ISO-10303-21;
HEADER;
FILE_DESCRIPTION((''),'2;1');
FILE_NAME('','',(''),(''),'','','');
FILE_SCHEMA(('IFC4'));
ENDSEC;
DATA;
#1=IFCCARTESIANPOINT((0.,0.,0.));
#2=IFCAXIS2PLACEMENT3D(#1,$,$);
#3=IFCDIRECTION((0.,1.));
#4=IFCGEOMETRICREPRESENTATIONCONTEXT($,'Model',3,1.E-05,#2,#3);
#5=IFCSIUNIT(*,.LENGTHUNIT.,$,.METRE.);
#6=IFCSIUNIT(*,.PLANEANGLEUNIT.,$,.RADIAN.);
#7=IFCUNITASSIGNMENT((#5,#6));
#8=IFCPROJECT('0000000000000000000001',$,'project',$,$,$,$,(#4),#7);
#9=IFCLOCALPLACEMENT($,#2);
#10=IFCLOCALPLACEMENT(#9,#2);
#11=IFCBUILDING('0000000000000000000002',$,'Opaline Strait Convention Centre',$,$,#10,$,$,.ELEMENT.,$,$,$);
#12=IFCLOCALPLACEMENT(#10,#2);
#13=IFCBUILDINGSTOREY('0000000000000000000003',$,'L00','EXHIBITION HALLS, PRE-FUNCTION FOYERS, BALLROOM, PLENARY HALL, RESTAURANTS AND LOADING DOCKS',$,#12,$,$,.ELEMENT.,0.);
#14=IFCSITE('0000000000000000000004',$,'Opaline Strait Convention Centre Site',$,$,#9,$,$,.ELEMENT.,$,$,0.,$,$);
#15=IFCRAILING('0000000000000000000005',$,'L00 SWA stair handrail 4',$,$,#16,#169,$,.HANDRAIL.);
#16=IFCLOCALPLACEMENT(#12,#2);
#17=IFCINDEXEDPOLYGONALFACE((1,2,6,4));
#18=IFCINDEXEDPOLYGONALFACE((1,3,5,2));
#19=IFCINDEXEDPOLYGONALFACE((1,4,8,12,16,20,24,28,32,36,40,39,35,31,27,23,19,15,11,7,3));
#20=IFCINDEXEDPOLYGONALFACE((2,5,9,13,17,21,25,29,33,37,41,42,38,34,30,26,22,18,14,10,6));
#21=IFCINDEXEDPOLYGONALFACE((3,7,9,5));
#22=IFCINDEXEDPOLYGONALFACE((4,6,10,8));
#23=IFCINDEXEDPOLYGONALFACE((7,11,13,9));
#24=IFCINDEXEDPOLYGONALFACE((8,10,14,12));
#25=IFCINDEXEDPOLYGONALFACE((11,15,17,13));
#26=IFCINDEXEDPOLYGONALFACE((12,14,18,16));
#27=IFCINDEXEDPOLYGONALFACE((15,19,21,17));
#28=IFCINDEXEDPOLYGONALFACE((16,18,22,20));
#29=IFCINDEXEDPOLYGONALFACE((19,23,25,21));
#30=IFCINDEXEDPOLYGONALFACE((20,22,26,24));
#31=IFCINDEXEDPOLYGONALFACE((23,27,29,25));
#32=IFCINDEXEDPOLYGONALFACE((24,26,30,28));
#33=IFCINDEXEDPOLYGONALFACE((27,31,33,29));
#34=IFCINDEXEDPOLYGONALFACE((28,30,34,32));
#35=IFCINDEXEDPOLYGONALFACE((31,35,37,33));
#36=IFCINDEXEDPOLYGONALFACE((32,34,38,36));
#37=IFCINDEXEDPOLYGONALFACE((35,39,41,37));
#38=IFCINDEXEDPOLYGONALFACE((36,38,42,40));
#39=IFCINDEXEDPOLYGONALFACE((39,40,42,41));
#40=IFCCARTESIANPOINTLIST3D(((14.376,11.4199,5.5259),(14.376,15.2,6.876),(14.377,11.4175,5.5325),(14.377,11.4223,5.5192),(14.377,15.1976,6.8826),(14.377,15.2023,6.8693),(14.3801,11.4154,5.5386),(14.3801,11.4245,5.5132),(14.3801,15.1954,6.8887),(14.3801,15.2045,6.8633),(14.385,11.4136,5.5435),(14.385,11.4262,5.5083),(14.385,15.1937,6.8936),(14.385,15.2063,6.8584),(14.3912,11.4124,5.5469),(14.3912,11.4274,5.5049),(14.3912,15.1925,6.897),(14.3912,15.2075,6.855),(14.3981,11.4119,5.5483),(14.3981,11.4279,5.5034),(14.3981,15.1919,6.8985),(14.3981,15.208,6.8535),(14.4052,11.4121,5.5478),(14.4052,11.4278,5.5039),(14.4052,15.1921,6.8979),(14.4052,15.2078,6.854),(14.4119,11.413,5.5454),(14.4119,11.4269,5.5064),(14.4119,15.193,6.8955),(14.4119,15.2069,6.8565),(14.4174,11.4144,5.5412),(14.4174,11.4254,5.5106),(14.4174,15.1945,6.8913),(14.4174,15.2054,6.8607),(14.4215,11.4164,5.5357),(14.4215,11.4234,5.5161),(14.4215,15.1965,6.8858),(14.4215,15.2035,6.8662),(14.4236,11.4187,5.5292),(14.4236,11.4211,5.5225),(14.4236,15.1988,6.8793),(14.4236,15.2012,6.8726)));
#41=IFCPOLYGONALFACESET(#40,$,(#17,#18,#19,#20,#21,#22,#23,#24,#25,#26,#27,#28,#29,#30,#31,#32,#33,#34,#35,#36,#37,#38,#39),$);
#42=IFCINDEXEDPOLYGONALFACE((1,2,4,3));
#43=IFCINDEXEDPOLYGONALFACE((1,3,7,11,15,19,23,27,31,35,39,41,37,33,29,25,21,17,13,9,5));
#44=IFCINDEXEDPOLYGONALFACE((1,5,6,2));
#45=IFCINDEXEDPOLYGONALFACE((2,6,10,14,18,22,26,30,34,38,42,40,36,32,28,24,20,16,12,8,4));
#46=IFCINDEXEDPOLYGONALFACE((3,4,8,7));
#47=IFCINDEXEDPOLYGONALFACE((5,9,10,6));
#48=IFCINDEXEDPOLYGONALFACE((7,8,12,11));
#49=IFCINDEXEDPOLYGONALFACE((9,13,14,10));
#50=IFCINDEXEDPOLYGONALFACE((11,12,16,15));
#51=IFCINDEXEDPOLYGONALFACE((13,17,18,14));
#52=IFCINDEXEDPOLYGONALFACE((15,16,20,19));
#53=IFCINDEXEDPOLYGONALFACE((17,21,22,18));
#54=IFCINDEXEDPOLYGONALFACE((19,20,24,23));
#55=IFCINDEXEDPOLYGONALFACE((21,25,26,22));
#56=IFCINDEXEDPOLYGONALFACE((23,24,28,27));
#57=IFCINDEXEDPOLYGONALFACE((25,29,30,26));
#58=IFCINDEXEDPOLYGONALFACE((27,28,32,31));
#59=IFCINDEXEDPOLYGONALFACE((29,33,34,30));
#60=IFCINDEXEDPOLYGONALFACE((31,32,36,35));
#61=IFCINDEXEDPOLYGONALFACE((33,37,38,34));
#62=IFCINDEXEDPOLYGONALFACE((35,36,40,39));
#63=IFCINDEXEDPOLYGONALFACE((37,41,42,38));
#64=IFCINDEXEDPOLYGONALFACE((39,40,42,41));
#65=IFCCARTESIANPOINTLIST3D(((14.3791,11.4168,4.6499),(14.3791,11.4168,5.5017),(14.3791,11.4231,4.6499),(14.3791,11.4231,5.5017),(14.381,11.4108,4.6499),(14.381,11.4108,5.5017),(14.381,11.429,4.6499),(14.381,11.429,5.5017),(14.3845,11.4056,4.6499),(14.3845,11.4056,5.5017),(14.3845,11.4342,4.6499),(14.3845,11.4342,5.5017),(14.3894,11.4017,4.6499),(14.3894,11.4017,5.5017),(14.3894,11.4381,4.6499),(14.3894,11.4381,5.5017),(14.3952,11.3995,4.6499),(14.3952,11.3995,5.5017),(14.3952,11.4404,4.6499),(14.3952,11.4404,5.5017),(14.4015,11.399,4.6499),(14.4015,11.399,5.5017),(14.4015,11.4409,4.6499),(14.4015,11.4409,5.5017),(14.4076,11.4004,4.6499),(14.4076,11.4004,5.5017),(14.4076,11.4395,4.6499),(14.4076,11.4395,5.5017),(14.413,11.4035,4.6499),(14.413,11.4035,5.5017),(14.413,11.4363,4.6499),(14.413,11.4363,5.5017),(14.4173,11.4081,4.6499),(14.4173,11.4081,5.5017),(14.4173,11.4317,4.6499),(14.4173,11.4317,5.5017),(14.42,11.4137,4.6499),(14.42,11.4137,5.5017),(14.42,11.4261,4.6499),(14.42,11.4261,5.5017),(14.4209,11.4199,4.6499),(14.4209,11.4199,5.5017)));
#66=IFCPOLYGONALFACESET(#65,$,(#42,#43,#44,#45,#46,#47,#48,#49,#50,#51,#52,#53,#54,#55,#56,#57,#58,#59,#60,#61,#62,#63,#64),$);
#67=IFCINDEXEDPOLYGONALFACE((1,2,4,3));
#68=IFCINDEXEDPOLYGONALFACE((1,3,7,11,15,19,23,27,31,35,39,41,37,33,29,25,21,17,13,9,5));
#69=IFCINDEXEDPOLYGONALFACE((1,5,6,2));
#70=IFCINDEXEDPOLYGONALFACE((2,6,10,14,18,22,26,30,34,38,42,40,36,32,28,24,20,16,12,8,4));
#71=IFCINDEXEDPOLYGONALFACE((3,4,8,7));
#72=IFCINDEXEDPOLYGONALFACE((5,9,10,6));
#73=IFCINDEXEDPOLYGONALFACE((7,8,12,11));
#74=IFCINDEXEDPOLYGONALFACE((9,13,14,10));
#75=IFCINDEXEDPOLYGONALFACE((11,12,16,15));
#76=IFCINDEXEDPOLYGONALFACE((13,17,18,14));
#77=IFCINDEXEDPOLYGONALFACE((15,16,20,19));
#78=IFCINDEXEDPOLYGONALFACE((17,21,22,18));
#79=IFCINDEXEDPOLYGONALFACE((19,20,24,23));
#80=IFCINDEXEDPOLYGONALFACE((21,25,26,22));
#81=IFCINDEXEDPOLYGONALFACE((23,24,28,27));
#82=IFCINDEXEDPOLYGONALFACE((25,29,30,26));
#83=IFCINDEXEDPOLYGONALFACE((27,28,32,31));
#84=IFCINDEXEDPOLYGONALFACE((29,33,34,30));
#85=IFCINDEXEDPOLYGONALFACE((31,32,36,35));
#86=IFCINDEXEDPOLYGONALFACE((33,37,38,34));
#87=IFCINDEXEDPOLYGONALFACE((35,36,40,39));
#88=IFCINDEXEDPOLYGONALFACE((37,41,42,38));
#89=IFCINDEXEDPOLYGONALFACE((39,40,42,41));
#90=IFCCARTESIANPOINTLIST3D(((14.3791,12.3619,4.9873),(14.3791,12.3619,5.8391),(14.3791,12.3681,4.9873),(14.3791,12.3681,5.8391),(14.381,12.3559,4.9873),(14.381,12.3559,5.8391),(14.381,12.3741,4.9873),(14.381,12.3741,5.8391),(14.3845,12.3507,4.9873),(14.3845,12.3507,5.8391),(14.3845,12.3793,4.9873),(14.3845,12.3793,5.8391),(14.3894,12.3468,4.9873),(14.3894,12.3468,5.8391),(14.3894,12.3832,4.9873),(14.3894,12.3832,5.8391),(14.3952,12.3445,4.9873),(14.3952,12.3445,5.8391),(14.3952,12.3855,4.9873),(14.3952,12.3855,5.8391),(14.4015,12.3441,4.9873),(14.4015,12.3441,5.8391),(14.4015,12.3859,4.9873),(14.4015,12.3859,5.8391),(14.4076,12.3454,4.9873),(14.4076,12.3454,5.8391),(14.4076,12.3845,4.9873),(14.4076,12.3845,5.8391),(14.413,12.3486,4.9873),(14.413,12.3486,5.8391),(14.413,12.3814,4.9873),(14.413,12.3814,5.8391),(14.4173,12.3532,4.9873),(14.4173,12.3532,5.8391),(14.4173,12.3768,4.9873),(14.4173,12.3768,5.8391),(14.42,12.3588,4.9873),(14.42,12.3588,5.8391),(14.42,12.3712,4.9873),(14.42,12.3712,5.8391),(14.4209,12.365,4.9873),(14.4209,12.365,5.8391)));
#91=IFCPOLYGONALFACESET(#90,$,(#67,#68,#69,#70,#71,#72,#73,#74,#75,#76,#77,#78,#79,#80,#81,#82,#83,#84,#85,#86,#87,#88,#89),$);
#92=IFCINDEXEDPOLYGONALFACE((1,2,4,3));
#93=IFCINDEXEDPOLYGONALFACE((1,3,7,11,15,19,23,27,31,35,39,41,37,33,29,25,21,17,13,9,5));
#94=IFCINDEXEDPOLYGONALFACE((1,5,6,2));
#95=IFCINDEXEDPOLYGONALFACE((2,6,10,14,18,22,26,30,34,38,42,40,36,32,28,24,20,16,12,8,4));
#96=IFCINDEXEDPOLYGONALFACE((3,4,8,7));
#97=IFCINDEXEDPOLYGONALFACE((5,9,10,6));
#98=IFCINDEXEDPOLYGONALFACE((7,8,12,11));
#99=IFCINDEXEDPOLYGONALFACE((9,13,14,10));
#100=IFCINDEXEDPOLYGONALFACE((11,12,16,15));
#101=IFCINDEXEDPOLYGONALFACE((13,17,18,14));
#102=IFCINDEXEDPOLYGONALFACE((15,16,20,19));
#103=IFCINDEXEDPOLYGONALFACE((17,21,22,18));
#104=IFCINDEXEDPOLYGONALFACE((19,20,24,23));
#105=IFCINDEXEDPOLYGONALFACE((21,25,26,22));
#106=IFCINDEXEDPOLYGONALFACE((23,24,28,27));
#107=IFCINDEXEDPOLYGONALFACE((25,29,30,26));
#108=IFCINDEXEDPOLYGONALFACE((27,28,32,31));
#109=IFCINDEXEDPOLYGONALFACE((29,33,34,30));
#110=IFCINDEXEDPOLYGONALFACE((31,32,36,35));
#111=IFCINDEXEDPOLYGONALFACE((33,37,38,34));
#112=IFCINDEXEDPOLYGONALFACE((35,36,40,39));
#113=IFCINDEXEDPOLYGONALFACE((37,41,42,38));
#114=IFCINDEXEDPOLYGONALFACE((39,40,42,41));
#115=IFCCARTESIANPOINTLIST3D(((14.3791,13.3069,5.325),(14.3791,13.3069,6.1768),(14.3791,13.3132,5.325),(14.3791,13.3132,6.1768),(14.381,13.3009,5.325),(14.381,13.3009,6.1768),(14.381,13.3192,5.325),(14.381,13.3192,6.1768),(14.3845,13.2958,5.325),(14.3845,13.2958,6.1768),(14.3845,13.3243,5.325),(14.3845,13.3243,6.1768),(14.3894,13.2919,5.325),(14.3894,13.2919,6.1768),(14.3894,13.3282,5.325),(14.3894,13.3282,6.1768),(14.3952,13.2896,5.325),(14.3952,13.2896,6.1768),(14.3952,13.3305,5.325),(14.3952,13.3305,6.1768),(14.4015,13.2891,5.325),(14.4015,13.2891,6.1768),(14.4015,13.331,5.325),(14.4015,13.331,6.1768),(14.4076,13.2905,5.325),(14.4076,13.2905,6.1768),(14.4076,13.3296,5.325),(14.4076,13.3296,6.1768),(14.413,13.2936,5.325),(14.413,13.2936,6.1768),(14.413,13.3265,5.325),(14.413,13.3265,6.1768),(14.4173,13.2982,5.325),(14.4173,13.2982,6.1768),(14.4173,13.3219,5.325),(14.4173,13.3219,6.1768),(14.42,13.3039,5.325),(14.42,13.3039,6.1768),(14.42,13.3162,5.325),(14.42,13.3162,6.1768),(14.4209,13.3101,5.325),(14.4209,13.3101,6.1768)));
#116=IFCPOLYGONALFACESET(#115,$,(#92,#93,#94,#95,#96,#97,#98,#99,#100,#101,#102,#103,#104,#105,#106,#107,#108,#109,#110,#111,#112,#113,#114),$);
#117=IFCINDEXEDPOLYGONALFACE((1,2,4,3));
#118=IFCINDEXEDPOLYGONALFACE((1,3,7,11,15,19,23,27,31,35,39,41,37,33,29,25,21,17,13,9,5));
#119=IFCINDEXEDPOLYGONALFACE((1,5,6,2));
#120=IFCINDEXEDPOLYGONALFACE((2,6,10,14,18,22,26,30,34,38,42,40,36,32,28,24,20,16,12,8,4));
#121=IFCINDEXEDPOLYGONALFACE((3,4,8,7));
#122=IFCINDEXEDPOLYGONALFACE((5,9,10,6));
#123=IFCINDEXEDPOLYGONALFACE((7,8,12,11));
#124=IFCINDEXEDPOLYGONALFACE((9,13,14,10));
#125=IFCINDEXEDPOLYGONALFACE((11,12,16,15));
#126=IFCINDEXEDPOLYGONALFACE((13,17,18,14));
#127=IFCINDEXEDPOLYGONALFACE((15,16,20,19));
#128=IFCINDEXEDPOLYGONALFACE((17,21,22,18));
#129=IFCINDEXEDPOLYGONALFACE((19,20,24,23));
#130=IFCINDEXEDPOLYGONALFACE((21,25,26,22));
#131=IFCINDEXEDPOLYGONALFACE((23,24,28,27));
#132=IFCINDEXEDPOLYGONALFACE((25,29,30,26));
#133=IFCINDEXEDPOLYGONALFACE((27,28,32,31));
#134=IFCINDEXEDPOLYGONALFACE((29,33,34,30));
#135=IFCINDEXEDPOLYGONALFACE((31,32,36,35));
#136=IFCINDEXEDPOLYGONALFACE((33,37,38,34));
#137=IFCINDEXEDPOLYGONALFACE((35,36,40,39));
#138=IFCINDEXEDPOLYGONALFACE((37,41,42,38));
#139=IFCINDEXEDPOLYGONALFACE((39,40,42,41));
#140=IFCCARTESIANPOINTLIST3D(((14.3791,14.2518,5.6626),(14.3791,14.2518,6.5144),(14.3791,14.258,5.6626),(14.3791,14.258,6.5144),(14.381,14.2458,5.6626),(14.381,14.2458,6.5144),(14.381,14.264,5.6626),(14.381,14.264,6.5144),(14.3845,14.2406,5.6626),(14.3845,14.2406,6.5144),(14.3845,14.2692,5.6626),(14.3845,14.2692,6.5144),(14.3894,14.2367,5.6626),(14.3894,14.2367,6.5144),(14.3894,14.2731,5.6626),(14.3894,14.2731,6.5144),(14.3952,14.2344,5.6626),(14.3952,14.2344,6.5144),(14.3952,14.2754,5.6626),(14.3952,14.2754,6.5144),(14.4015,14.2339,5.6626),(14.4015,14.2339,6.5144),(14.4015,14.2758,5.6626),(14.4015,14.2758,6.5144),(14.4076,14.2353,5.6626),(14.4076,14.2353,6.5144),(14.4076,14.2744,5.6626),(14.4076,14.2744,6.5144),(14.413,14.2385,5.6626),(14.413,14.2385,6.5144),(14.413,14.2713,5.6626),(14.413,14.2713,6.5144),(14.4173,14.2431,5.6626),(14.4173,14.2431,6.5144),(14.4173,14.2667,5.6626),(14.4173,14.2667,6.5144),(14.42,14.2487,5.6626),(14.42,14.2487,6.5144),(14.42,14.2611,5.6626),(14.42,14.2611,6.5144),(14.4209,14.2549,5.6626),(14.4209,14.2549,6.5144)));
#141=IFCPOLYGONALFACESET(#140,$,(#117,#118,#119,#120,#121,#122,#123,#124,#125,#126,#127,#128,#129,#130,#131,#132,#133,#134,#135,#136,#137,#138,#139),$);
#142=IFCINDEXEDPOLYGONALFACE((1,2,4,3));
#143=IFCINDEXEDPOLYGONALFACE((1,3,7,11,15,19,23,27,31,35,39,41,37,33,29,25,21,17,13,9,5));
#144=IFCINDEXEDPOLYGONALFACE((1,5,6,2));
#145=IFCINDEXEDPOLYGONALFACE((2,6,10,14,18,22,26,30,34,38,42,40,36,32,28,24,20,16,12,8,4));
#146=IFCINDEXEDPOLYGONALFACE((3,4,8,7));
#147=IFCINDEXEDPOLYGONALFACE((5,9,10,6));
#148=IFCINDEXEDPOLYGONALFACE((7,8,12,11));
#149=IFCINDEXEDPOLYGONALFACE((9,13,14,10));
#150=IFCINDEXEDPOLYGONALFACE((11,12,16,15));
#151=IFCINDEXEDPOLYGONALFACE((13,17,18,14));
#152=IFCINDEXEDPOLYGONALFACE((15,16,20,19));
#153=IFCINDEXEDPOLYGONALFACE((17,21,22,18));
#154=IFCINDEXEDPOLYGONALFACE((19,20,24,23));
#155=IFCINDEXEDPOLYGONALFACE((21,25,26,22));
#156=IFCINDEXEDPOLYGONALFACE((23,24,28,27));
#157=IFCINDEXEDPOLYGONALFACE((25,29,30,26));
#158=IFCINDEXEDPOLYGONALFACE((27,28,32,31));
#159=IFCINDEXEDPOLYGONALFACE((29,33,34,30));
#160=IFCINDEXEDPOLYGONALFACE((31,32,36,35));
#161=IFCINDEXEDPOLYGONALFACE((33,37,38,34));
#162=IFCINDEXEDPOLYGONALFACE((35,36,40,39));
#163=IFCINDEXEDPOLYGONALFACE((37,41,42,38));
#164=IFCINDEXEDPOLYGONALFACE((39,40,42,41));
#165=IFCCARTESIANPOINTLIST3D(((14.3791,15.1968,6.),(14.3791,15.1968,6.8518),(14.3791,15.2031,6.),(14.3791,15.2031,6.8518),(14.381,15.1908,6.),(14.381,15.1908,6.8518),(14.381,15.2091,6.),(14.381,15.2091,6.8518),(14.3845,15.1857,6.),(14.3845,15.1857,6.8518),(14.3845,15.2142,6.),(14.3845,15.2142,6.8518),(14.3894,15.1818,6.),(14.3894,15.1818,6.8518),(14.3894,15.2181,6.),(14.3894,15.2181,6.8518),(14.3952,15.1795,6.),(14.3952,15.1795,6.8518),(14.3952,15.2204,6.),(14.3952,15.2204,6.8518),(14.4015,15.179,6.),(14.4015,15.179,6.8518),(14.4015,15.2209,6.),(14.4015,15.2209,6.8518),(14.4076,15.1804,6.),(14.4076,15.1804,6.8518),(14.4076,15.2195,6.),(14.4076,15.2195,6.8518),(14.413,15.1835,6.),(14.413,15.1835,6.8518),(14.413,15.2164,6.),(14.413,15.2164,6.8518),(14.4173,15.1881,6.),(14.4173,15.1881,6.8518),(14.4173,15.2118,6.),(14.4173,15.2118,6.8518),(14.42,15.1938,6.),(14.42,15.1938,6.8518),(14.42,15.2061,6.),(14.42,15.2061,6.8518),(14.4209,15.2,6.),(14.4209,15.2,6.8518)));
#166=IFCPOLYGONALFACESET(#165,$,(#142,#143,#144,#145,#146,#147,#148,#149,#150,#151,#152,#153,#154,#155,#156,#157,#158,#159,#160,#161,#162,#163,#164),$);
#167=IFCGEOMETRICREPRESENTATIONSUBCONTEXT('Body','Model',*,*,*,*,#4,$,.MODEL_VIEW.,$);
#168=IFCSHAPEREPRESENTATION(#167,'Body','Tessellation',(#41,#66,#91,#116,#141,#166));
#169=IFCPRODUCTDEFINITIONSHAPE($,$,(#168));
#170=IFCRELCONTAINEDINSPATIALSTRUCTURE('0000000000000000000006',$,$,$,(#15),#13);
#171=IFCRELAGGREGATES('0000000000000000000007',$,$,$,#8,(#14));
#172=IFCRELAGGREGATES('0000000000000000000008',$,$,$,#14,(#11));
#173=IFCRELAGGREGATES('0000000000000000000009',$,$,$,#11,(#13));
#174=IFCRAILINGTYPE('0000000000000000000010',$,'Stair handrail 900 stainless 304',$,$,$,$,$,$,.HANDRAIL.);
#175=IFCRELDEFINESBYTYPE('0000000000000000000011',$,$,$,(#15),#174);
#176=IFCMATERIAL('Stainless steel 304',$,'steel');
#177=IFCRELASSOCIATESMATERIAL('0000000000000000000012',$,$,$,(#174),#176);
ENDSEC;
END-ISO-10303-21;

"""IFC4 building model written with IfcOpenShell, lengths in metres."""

from ifc_helpers import new_model, si_unit, direction, frame, origin, origin_2d, place, context, subcontext, project, spatial, circle, extrude, material, type_object, element, save


model = new_model("IFC4")

# Units and contexts
model_context = context("Model", 3, precision=1e-05, world=origin(), true_north=direction((0.0, 1.0)))
body_context = subcontext(model_context, "Body", "Model", "MODEL_VIEW")
ifc_project = project(units=[si_unit("LENGTHUNIT", "METRE"), si_unit("PLANEANGLEUNIT", "RADIAN")], contexts=[model_context])

# Site, building, storey
site_placement = place(None, origin())
site = spatial("IfcSite", under=ifc_project, at=site_placement, Name="Opaline Strait Convention Centre Site", CompositionType="ELEMENT", RefElevation=0.0)
building_placement = place(site_placement, origin())
building = spatial("IfcBuilding", under=site, at=building_placement, Name="Opaline Strait Convention Centre", CompositionType="ELEMENT")
storey_placement = place(building_placement, origin())
storey = spatial("IfcBuildingStorey", under=building, at=storey_placement, Name="L00", Description="EXHIBITION HALLS, PRE-FUNCTION FOYERS, BALLROOM, PLENARY HALL, RESTAURANTS AND LOADING DOCKS", CompositionType="ELEMENT", Elevation=0.0)

# Railing
ifc_material_1 = material(Name="Stainless steel 304", Category="steel")
railing_type_1 = type_object("IfcRailingType", Name="Stair handrail 900 stainless 304", PredefinedType="HANDRAIL", material=ifc_material_1)
for number, where, name in (
    (1, (14.3999, 11.4199, 4.6499), "L00 SWA stair handrail 4"),
):
    element("IfcRailing", number, at=place(storey_placement, frame(where)), inside=storey, type_object=railing_type_1, Name=name, PredefinedType="HANDRAIL", context=body_context, shape_type="SweptSolid", body=[
        extrude(circle(Radius=0.0239, at=origin_2d()), frame((0.0, 0.0, 0.876), z_axis=(0.0, 0.941735, 0.336356), x_axis=(-1.0, 0.0, 0.0)), (0.0, 0.0, 1.0), 4.0139),
        extrude(circle(Radius=0.021, at=origin_2d()), origin(), (0.0, 0.0, 1.0), 0.8518),
        extrude(circle(Radius=0.021, at=origin_2d()), frame((0.0, 0.9451, 0.3374)), (0.0, 0.0, 1.0), 0.8518),
        extrude(circle(Radius=0.021, at=origin_2d()), frame((0.0, 1.8901, 0.675)), (0.0, 0.0, 1.0), 0.8518),
        extrude(circle(Radius=0.021, at=origin_2d()), frame((0.0, 2.835, 1.0127)), (0.0, 0.0, 1.0), 0.8518),
        extrude(circle(Radius=0.021, at=origin_2d()), frame((0.0, 3.78, 1.3501)), (0.0, 0.0, 1.0), 0.8518),
    ])

save(model, "model.ifc")
